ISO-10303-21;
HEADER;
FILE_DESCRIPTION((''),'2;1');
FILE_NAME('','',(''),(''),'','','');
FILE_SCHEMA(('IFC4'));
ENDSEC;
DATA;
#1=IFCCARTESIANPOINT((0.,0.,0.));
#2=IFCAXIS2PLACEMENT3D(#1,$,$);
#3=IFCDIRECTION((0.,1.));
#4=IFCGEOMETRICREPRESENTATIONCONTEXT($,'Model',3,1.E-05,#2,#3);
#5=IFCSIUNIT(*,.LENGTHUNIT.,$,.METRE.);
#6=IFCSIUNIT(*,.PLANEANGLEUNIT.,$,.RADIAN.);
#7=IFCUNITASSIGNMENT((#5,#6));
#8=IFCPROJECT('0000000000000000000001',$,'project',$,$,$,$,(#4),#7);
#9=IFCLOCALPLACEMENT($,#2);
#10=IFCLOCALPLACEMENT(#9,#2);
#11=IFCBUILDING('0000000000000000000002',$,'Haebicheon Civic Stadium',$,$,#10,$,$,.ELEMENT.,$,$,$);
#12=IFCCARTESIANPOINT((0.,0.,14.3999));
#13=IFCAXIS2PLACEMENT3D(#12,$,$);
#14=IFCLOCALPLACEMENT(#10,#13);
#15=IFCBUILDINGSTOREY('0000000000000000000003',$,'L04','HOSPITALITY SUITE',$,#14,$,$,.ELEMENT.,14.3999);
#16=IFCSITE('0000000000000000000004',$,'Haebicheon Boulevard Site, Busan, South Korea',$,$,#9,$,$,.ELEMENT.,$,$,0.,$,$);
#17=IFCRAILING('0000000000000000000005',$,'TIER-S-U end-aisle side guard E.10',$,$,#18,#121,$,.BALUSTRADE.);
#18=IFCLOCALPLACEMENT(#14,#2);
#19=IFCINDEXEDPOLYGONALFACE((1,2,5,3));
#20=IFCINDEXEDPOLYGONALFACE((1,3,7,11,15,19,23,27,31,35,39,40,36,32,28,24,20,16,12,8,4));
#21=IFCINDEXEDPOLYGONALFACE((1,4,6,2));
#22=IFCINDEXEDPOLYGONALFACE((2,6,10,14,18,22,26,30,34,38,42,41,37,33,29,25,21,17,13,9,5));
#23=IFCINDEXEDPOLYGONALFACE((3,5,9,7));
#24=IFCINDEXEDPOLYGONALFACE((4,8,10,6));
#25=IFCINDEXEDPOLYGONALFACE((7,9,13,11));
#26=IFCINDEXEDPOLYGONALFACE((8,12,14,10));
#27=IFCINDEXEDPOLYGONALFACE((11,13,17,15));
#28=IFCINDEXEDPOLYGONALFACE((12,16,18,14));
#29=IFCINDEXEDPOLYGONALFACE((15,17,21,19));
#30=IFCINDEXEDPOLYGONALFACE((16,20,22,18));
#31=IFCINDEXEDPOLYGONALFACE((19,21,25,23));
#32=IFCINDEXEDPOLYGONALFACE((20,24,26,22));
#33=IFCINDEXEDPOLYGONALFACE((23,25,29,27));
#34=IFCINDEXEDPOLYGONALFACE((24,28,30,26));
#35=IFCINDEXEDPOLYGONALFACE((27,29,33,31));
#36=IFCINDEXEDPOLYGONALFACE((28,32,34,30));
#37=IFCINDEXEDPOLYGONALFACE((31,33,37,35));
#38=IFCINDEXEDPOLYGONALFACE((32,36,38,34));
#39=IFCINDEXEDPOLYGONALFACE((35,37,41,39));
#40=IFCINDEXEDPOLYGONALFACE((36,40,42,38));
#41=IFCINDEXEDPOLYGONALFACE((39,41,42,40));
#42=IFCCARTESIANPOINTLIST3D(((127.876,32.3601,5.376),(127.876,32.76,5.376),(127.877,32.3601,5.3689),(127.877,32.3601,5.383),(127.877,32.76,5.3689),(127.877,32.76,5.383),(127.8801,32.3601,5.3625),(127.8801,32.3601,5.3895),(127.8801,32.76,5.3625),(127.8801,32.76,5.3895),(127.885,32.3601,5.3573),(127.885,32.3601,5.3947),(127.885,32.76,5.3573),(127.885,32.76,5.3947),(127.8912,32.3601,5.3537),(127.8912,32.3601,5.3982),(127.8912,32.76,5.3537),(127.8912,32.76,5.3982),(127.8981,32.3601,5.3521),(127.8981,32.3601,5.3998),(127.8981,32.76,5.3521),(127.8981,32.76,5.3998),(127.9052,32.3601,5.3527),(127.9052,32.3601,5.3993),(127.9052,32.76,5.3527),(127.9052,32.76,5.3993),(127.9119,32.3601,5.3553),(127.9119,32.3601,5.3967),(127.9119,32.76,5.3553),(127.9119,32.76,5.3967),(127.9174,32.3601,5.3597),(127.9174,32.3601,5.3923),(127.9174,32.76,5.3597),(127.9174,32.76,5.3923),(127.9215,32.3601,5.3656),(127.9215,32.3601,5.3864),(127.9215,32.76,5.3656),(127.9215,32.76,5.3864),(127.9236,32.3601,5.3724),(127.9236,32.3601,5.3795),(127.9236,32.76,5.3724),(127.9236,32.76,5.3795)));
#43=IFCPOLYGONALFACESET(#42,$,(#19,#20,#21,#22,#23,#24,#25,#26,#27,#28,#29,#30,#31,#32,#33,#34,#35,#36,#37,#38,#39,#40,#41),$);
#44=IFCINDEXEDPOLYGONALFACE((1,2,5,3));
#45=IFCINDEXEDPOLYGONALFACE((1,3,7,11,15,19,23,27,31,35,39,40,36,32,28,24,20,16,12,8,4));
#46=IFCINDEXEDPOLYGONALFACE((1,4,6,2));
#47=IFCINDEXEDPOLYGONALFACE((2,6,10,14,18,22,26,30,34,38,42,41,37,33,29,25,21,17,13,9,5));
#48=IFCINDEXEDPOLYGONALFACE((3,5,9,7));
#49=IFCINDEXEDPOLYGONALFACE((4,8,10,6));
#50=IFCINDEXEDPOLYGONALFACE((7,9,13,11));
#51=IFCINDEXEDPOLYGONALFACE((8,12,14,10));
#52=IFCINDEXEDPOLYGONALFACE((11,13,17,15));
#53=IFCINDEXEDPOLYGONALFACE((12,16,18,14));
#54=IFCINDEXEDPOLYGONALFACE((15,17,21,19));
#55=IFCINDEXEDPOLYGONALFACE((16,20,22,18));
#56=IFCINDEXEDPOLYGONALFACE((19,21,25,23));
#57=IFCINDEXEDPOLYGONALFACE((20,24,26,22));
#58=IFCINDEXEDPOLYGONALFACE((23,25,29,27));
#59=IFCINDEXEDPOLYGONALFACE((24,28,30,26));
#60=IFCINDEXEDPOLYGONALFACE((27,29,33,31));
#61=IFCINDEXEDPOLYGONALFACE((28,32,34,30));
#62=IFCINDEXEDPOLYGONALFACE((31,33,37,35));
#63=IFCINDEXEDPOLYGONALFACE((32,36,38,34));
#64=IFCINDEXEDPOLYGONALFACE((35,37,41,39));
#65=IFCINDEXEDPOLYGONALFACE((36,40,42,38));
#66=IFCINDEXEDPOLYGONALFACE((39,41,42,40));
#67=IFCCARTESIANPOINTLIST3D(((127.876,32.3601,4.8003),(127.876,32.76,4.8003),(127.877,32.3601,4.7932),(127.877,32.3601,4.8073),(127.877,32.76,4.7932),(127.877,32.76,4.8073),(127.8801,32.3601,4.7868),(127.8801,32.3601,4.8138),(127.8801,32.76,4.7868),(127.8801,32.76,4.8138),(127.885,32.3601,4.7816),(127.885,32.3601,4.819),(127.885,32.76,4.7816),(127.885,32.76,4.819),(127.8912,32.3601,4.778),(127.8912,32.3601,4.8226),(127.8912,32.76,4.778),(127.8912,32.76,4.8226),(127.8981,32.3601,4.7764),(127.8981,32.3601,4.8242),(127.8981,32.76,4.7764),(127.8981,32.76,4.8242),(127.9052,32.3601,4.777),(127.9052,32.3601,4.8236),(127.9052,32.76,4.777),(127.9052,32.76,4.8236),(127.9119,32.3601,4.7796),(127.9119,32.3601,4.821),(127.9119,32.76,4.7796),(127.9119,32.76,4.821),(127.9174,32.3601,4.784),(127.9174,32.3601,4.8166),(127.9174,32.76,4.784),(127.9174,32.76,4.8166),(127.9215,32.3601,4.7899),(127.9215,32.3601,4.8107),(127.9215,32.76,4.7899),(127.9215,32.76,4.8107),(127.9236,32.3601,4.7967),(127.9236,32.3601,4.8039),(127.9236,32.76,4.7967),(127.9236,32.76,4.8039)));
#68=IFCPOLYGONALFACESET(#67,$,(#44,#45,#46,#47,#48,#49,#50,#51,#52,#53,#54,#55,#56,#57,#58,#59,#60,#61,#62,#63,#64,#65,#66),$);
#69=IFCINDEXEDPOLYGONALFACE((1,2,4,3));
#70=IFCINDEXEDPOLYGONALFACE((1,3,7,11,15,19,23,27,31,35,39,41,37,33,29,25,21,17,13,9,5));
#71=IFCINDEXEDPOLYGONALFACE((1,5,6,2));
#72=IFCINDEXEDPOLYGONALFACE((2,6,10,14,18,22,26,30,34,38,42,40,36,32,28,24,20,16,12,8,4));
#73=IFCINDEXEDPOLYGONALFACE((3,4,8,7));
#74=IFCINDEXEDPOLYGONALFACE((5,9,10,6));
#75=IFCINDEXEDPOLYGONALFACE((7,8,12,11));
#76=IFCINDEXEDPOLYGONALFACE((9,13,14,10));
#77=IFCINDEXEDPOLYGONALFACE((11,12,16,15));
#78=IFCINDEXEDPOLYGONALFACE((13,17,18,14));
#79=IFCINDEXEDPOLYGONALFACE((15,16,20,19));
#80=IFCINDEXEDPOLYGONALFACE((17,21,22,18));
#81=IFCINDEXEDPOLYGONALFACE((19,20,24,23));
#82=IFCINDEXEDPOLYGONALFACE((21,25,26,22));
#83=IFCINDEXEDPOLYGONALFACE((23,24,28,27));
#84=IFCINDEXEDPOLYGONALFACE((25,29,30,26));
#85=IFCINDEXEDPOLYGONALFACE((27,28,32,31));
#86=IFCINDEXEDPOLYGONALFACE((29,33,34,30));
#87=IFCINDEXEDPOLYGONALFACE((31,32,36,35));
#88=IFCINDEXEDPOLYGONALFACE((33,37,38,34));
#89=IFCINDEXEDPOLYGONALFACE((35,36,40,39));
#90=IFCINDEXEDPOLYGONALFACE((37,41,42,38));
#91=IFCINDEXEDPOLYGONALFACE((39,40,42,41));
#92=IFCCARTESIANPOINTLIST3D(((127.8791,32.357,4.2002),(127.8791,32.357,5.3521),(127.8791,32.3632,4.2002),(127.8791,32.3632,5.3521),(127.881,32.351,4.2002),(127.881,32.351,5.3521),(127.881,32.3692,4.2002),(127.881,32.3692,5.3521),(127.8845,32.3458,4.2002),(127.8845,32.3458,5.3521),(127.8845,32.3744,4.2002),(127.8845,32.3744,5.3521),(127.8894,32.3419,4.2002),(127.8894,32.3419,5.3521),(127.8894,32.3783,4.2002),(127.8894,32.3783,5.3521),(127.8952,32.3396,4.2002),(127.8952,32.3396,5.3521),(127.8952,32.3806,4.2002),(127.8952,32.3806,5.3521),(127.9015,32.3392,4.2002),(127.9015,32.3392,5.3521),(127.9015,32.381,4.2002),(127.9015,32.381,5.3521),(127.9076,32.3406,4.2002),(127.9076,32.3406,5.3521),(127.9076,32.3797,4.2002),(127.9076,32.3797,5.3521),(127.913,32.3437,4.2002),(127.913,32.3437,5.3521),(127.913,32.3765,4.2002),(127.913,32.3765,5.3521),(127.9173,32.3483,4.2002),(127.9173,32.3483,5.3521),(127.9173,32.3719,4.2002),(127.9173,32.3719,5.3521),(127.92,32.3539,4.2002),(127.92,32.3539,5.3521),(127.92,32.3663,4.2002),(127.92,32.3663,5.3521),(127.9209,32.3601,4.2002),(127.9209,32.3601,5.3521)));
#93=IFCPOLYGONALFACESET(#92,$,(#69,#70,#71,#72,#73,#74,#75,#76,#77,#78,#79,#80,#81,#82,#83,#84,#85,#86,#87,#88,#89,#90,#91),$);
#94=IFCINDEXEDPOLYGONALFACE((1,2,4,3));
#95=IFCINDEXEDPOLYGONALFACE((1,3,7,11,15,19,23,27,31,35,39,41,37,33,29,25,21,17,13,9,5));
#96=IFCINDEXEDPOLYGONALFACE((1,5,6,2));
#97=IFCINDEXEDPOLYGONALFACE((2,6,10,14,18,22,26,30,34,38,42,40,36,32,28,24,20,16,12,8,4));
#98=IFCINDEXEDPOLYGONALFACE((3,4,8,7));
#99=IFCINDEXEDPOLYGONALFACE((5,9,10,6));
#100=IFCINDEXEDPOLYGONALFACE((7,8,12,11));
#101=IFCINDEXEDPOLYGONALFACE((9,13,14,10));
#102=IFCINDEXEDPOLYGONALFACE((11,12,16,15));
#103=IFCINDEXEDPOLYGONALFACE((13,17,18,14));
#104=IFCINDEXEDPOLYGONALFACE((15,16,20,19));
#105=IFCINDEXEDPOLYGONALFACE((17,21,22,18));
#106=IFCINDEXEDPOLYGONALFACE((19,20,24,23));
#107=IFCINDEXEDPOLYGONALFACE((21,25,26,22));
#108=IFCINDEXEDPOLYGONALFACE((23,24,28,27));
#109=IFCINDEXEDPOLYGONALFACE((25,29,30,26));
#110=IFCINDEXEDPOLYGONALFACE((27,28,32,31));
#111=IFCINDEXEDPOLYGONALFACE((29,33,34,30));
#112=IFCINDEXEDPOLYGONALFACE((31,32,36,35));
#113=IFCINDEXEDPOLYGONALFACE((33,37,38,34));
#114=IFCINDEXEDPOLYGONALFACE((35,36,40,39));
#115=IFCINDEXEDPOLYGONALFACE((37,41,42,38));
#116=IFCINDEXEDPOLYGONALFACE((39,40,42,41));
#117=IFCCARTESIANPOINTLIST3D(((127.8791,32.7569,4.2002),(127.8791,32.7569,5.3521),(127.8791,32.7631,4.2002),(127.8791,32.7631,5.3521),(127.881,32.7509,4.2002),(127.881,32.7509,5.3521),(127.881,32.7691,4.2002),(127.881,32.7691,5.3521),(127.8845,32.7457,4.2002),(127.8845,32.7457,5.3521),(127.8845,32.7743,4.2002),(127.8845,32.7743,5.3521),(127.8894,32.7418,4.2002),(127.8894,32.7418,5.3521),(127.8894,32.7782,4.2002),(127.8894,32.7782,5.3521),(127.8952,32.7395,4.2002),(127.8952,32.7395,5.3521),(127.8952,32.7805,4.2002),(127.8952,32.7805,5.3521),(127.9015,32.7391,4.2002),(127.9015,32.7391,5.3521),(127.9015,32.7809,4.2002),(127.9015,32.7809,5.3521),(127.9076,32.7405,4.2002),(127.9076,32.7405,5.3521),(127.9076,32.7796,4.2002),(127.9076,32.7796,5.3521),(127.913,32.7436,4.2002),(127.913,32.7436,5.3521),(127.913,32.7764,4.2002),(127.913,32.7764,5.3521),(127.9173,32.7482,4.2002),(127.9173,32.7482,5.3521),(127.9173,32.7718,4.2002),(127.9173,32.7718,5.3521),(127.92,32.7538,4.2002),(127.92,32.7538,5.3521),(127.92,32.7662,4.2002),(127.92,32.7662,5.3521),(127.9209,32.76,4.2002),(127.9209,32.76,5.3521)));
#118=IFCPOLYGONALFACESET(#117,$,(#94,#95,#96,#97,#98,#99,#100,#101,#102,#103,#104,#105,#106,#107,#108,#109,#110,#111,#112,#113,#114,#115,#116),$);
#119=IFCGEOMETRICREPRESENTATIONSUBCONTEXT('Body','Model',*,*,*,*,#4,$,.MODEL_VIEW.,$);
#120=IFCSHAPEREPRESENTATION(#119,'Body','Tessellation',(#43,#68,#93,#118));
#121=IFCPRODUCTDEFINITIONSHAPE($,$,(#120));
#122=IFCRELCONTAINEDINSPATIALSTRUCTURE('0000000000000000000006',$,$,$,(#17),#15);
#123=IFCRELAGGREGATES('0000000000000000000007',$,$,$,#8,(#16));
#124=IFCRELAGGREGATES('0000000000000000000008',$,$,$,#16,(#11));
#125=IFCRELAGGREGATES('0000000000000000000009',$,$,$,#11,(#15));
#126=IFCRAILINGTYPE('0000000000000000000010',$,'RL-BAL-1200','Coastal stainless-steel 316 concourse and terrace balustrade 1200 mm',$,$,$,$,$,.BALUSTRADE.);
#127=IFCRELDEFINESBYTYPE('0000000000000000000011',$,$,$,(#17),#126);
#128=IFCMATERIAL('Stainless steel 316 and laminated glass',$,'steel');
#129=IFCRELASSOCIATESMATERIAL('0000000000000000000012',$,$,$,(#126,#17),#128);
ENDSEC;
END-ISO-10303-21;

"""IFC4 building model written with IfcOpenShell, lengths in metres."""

from ifc_helpers import new_model, si_unit, direction, frame, origin, origin_2d, place, context, subcontext, project, spatial, circle, extrude, material, type_object, element, save


model = new_model("IFC4")

# Units and contexts
model_context = context("Model", 3, precision=1e-05, world=origin(), true_north=direction((0.0, 1.0)))
body_context = subcontext(model_context, "Body", "Model", "MODEL_VIEW")
ifc_project = project(units=[si_unit("LENGTHUNIT", "METRE"), si_unit("PLANEANGLEUNIT", "RADIAN")], contexts=[model_context])

# Site, building, storey
site_placement = place(None, origin())
site = spatial("IfcSite", under=ifc_project, at=site_placement, Name="Haebicheon Boulevard Site, Busan, South Korea", CompositionType="ELEMENT", RefElevation=0.0)
building_placement = place(site_placement, origin())
building = spatial("IfcBuilding", under=site, at=building_placement, Name="Haebicheon Civic Stadium", CompositionType="ELEMENT")
storey_placement = place(building_placement, frame((0.0, 0.0, 14.3999)))
storey = spatial("IfcBuildingStorey", under=building, at=storey_placement, Name="L04", Description="HOSPITALITY SUITE", CompositionType="ELEMENT", Elevation=14.3999)

# Railing
ifc_material_1 = material(Name="Stainless steel 316 and laminated glass", Category="steel")
railing_type = type_object("IfcRailingType", Name="RL-BAL-1200", Description="Coastal stainless-steel 316 concourse and terrace balustrade 1200 mm", PredefinedType="BALUSTRADE", material=ifc_material_1)
railing_1_placement = place(storey_placement, frame((127.8999, 32.3601, 4.2002)))
element("IfcRailing", 1, at=railing_1_placement, inside=storey, type_object=railing_type, material=ifc_material_1, Name="TIER-S-U end-aisle side guard E.10", PredefinedType="BALUSTRADE", context=body_context, shape_type="SweptSolid", body=[
    extrude(circle(Radius=0.0239, at=origin_2d()), frame((0.0, 0.0, 1.1758), z_axis=(0.0, 1.0, 0.0), x_axis=(-1.0, 0.0, 0.0)), (0.0, 0.0, 1.0), 0.3999),
    extrude(circle(Radius=0.0239, at=origin_2d()), frame((0.0, 0.0, 0.6001), z_axis=(0.0, 1.0, 0.0), x_axis=(-1.0, 0.0, 0.0)), (0.0, 0.0, 1.0), 0.3999),
    extrude(circle(Radius=0.021, at=origin_2d()), origin(), (0.0, 0.0, 1.0), 1.1519),
    extrude(circle(Radius=0.021, at=origin_2d()), frame((0.0, 0.3999, 0.0)), (0.0, 0.0, 1.0), 1.1519),
])

save(model, "model.ifc")
